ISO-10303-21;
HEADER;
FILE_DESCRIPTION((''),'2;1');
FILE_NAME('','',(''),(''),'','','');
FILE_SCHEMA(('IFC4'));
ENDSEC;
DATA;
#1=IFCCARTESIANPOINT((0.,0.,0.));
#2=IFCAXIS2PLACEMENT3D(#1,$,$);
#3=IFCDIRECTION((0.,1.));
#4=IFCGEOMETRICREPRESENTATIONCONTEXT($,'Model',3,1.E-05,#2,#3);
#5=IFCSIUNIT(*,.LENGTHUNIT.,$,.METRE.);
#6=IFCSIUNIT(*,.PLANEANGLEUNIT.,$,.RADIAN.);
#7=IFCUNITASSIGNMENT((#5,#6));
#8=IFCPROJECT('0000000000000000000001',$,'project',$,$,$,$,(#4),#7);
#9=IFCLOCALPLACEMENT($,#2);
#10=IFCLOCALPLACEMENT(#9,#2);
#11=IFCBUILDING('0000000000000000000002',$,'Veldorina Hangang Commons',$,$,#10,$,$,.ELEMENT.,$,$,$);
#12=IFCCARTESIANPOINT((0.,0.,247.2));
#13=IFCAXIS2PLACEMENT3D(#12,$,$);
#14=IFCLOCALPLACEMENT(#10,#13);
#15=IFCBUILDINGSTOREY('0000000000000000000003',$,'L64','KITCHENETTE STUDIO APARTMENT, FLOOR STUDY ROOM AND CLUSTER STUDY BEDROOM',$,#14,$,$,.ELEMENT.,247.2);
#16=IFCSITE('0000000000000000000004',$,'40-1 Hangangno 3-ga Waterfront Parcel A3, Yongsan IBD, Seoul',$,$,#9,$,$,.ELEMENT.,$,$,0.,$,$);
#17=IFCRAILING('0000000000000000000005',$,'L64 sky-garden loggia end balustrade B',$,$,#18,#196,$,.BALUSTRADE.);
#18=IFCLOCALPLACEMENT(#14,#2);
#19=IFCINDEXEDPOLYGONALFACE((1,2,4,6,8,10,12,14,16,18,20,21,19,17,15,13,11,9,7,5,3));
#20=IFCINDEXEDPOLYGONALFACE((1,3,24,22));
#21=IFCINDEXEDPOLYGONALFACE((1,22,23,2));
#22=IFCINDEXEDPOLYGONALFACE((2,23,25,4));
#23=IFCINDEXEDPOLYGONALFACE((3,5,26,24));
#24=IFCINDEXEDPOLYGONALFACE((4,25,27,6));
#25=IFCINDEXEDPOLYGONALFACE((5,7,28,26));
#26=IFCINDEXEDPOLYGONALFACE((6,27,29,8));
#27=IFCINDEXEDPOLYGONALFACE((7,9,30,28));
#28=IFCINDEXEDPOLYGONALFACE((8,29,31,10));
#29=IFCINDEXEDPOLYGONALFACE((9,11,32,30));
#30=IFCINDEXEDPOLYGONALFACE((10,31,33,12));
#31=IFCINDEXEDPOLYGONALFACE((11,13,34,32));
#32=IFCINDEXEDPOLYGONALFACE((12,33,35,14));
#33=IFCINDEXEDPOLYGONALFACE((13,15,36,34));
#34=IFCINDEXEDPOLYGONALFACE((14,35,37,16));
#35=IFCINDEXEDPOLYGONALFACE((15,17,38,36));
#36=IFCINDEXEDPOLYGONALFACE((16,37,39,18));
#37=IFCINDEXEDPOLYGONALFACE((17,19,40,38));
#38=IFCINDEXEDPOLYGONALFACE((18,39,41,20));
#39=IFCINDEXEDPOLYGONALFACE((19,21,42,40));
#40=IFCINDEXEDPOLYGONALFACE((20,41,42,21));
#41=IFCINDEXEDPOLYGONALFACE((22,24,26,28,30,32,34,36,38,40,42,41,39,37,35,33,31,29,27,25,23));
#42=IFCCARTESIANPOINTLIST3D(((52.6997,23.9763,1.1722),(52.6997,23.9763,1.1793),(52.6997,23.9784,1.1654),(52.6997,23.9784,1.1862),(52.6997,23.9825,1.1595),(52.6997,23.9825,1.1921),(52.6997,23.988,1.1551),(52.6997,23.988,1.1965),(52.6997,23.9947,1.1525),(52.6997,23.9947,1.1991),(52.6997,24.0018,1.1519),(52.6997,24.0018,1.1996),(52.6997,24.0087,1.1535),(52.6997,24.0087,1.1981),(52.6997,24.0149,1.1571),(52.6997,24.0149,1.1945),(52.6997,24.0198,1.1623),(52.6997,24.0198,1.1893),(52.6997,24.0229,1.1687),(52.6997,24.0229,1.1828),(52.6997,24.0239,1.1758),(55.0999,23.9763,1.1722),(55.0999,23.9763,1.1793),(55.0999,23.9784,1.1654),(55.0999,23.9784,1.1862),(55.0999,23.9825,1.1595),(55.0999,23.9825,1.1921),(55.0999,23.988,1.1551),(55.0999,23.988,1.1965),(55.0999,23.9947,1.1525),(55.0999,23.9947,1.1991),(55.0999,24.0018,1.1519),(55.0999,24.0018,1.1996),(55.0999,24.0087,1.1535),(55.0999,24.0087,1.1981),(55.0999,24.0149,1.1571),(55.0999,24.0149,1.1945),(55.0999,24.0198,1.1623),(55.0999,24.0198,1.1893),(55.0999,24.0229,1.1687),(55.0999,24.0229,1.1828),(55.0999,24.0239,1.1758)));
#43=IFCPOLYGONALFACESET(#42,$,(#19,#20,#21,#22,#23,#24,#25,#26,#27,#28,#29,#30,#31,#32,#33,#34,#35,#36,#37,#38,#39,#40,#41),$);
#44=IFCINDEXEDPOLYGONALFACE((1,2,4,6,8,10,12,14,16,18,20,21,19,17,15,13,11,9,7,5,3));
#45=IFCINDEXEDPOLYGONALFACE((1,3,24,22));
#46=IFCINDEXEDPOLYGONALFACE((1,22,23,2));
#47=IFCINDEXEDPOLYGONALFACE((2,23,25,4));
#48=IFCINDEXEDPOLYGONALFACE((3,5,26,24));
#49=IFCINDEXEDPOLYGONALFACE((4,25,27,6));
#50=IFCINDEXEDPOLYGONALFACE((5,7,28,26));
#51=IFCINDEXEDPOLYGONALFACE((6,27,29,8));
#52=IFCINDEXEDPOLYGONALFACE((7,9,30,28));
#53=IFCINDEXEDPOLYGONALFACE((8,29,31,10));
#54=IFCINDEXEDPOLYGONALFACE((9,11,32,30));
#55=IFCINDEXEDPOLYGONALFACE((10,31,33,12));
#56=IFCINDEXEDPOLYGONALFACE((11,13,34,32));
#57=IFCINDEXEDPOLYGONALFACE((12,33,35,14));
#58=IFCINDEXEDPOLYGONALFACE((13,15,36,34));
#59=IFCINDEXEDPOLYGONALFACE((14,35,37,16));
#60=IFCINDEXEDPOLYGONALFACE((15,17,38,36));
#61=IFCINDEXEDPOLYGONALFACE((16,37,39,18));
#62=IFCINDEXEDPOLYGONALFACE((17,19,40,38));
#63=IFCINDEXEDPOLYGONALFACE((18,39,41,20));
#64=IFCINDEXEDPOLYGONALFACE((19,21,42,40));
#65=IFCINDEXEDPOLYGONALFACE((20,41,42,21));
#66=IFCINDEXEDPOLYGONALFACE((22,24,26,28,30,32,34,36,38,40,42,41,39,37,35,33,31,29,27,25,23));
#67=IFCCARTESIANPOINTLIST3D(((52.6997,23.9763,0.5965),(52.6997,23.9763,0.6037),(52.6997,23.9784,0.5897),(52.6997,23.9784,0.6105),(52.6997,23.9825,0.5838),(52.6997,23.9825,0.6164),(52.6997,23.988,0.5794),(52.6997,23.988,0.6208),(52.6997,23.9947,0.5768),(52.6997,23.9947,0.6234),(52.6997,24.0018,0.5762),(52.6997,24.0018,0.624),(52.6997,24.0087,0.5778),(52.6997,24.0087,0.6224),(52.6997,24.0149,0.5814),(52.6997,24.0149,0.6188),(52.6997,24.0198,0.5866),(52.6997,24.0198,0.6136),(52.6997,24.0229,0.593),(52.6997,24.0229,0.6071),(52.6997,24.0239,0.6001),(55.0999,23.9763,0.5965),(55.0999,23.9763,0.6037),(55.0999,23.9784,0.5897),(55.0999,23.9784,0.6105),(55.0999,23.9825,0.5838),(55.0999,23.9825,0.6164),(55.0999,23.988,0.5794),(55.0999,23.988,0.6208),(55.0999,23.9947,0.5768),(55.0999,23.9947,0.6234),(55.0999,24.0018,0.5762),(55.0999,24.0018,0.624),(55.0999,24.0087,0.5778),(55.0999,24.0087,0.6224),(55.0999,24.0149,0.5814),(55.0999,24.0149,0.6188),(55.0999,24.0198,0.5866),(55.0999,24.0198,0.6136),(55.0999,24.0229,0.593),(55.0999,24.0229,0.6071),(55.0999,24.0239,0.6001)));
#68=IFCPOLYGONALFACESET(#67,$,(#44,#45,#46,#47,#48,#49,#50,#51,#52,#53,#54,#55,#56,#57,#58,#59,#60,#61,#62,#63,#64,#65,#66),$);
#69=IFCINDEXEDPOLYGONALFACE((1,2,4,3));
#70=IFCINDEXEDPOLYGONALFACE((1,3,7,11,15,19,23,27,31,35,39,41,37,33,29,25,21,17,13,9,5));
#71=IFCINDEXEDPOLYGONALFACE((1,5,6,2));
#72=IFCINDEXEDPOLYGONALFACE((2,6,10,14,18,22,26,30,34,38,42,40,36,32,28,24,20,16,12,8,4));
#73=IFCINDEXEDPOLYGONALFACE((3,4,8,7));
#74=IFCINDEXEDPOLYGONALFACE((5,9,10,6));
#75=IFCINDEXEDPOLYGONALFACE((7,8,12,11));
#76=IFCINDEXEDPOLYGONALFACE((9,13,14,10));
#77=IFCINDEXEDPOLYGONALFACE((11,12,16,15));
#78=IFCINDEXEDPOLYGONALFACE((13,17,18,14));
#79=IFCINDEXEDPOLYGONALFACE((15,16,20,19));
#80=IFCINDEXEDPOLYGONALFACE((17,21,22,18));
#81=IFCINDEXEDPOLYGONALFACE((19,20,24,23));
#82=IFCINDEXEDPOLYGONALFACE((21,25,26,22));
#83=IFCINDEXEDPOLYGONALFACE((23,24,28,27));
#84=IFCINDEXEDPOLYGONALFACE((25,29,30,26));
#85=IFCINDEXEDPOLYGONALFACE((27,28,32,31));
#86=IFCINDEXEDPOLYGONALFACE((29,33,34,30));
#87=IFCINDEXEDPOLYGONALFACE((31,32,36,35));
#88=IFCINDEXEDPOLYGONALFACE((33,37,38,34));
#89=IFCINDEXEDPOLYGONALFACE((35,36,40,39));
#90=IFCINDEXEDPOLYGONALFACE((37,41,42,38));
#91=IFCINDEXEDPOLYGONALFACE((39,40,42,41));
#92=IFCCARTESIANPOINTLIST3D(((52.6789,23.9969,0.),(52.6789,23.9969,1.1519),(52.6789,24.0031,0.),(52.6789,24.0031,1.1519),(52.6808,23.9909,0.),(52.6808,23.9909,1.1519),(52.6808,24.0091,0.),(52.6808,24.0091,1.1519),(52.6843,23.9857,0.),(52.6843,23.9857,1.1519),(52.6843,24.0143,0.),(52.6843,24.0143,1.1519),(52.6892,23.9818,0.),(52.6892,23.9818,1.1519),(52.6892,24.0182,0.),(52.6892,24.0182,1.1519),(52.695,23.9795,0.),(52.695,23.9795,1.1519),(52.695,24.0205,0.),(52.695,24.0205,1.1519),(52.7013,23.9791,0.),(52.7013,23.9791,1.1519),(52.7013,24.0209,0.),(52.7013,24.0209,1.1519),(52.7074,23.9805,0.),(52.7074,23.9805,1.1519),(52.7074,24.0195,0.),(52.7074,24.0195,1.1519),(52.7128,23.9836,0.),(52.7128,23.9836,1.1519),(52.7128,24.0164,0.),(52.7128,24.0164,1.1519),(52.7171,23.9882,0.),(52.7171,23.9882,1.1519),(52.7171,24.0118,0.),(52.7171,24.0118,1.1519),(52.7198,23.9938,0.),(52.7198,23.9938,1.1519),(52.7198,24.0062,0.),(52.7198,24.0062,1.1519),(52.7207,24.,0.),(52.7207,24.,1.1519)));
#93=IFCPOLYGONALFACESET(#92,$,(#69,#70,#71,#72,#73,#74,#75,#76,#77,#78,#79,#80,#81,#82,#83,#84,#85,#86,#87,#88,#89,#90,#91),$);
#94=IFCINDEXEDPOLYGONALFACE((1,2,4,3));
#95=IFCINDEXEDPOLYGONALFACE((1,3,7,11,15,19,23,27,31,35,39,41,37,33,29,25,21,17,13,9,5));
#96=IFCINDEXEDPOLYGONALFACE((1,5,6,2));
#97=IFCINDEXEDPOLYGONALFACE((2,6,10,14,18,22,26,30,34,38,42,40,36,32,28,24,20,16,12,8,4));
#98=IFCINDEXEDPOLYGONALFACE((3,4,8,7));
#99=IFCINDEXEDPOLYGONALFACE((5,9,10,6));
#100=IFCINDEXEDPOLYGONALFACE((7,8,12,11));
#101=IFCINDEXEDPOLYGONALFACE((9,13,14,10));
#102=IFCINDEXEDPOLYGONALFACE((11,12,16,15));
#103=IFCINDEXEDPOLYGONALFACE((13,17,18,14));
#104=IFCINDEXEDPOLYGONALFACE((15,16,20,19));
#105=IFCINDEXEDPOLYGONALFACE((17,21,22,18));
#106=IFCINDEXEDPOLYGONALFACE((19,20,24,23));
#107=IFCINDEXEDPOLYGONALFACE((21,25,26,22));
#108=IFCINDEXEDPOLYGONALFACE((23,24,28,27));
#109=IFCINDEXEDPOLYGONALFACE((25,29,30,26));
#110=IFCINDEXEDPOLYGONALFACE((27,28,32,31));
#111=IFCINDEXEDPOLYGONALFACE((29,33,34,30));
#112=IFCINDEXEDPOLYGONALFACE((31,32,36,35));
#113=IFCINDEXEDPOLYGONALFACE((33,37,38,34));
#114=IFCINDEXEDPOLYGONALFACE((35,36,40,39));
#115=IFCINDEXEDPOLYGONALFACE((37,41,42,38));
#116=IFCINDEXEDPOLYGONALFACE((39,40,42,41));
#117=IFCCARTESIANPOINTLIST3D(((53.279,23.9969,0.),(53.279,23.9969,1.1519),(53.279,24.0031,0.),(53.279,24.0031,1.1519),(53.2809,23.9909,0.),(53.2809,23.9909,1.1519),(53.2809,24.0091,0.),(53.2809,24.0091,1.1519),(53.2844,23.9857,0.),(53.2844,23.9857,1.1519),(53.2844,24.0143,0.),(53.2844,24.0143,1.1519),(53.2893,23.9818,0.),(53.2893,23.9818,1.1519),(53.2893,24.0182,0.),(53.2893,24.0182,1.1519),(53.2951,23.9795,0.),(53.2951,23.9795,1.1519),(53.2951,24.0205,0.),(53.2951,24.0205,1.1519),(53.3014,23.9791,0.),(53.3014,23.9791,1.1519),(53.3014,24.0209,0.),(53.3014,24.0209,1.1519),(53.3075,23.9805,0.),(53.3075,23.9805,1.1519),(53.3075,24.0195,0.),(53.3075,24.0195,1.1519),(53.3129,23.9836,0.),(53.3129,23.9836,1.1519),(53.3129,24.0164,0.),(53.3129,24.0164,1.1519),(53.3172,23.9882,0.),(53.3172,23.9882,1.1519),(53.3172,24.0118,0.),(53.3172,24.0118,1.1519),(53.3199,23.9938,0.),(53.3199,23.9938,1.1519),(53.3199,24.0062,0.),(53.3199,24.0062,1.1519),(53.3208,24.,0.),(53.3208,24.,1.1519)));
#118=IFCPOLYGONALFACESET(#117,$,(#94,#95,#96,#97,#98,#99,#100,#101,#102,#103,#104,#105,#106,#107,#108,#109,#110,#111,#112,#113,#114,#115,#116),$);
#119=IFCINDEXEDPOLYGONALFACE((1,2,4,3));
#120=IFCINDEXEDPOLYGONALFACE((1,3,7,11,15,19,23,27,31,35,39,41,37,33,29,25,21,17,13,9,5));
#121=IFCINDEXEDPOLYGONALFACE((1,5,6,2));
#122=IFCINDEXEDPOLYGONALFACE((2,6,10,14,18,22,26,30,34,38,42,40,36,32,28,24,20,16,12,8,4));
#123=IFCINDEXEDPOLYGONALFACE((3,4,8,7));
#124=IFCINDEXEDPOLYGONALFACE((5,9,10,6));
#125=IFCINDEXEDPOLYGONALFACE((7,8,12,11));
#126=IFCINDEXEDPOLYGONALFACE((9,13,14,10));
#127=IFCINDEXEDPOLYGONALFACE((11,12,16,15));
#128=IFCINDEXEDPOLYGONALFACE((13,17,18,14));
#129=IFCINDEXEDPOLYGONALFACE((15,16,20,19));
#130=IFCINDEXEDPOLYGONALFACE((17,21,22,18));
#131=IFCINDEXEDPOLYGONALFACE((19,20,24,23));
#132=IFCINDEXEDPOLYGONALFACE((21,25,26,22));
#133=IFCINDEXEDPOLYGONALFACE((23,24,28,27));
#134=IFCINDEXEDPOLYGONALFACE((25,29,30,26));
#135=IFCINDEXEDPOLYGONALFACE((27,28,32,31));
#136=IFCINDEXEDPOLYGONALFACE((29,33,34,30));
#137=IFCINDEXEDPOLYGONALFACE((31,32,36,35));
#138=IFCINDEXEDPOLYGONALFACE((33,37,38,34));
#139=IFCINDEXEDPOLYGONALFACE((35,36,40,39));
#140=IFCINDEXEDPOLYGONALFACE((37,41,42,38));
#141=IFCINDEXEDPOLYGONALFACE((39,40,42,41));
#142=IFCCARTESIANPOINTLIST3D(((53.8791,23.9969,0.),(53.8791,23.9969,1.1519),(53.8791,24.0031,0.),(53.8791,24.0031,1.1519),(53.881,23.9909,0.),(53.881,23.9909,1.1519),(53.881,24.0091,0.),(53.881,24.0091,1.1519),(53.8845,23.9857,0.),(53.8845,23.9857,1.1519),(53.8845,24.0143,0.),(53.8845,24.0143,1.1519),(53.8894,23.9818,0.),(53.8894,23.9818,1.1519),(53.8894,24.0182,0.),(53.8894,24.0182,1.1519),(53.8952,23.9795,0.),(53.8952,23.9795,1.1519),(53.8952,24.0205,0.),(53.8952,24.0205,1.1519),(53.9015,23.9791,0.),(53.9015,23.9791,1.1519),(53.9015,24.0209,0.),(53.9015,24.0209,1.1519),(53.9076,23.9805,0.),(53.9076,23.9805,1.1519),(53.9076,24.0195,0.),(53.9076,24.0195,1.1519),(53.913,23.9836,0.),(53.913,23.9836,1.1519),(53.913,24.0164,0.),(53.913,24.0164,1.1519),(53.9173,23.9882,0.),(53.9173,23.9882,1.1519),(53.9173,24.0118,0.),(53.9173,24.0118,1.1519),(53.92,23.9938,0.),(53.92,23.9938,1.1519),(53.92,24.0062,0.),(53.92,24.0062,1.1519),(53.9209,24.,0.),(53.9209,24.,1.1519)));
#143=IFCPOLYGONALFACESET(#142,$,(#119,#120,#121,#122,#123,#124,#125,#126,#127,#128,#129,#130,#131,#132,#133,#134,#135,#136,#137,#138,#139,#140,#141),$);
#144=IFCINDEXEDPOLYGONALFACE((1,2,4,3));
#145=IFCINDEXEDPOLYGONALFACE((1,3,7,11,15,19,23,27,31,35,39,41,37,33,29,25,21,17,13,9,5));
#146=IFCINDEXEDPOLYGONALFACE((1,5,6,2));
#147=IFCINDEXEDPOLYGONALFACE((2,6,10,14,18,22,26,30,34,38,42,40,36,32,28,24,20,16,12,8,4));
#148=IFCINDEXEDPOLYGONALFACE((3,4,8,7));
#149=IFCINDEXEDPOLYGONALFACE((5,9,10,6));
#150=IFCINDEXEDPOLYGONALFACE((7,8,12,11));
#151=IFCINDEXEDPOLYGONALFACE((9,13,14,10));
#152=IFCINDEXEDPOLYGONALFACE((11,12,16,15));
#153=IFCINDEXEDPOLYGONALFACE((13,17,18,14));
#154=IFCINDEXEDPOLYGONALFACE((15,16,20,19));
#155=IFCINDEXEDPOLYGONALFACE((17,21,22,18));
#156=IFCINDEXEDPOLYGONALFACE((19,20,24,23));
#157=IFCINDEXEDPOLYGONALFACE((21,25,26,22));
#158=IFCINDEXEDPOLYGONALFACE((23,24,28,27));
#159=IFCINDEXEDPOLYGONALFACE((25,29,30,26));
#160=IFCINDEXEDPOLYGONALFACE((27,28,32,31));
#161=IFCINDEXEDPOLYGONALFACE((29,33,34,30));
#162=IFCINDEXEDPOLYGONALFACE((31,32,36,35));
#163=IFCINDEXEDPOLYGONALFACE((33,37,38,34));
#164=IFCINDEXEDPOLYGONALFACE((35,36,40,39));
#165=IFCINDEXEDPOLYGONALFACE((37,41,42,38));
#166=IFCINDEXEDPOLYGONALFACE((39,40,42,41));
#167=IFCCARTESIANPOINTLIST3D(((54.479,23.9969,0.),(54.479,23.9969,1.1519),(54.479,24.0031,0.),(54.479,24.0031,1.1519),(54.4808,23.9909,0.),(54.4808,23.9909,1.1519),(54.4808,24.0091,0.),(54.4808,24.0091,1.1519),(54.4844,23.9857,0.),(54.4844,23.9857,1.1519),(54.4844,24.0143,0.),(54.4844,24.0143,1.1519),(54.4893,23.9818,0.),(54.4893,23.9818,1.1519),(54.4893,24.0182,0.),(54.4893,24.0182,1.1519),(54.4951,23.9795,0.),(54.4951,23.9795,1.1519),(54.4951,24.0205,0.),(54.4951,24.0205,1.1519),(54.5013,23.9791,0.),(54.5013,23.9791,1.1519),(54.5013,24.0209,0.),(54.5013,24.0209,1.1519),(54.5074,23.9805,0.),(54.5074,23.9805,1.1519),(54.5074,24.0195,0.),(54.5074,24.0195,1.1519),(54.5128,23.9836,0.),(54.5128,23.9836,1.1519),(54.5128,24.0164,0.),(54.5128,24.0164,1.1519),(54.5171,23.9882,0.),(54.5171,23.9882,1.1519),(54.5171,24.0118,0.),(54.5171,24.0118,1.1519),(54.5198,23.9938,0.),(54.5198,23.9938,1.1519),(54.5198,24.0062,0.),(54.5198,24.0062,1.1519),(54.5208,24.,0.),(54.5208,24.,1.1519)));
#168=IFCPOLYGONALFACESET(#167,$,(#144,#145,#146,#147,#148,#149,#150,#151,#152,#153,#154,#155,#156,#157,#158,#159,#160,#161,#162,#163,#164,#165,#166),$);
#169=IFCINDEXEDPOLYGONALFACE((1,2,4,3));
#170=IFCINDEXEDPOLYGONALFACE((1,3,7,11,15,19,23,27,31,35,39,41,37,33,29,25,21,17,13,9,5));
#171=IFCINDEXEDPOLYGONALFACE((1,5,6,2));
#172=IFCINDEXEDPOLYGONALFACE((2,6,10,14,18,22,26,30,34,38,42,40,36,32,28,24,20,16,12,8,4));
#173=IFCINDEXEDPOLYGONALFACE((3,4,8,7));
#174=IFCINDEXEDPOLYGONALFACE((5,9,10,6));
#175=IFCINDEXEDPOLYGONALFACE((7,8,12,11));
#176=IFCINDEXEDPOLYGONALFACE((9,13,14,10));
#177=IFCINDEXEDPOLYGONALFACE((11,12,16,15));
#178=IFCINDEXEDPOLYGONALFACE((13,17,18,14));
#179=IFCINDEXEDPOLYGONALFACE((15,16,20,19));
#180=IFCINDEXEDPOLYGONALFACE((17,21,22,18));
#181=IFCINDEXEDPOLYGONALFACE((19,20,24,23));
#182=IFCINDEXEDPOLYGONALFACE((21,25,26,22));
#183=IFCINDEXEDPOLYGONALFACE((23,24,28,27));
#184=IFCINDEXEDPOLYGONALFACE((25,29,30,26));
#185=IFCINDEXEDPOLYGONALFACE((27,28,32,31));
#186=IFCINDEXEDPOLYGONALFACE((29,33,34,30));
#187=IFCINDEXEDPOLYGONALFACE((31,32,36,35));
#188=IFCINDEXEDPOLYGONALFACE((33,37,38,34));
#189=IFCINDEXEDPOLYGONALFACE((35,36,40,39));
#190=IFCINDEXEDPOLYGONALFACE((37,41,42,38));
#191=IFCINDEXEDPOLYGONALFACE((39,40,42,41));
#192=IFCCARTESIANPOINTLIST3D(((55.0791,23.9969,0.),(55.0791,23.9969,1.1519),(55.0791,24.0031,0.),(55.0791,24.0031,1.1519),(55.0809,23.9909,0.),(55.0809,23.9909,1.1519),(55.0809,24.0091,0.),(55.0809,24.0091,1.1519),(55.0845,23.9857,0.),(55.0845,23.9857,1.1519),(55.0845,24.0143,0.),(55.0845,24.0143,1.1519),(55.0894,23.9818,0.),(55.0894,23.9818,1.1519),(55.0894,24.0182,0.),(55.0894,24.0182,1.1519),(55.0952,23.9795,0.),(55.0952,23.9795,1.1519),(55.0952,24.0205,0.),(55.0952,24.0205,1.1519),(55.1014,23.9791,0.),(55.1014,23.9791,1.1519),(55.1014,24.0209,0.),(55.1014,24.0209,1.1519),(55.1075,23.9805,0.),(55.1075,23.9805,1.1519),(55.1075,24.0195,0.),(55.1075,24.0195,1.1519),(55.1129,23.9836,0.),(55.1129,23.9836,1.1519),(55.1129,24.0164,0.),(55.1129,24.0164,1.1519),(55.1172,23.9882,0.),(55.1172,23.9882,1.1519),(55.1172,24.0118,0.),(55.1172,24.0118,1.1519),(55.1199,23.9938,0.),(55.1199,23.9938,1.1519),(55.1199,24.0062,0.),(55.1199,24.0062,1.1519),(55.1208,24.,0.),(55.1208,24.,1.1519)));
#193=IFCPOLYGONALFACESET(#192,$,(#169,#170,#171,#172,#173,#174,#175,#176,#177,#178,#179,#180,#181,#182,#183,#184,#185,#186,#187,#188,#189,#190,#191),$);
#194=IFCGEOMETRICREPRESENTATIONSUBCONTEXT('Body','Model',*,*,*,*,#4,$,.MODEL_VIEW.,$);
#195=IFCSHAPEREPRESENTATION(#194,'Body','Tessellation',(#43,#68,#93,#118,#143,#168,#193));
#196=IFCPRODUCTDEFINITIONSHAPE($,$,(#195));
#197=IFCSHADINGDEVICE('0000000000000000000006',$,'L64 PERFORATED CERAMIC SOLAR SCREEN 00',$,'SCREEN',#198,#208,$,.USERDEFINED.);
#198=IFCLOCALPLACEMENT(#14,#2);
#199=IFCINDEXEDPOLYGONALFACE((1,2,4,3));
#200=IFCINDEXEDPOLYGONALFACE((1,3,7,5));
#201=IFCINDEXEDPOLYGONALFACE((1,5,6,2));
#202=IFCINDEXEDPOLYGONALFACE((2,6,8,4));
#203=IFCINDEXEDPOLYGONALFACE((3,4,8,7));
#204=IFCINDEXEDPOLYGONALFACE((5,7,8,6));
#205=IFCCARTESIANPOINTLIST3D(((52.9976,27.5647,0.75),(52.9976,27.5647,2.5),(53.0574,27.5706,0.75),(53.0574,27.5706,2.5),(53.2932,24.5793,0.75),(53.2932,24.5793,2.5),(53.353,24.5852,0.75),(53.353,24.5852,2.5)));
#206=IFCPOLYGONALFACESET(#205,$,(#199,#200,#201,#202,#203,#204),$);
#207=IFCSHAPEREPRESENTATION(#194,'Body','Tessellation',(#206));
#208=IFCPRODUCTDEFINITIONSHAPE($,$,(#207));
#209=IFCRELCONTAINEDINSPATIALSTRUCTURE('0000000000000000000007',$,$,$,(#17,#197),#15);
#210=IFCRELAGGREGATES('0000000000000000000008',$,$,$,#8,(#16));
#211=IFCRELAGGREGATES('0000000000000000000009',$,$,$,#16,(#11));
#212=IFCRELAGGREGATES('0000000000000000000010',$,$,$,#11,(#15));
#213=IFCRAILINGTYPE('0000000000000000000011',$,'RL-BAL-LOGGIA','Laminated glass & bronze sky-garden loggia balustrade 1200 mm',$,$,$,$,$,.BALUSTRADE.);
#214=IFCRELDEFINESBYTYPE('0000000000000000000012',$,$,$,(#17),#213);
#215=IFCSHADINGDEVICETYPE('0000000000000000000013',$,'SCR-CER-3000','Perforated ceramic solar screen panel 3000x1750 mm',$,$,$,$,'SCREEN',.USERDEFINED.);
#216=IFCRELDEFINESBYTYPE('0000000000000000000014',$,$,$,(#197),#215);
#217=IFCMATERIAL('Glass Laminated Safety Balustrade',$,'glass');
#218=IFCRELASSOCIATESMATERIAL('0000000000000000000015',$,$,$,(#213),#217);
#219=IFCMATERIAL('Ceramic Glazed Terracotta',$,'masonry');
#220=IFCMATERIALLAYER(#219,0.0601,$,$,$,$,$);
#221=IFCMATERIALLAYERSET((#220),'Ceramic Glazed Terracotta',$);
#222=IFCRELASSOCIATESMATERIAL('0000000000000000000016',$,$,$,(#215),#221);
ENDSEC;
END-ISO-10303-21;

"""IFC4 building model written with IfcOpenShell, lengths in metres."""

from ifc_helpers import new_model, si_unit, direction, frame, origin, origin_2d, place, context, subcontext, project, spatial, rectangle, circle, extrude, material, layer, layer_set, type_object, element, save


model = new_model("IFC4")

# Units and contexts
model_context = context("Model", 3, precision=1e-05, world=origin(), true_north=direction((0.0, 1.0)))
body_context = subcontext(model_context, "Body", "Model", "MODEL_VIEW")
ifc_project = project(units=[si_unit("LENGTHUNIT", "METRE"), si_unit("PLANEANGLEUNIT", "RADIAN")], contexts=[model_context])

# Site, building, storey
site_placement = place(None, origin())
site = spatial("IfcSite", under=ifc_project, at=site_placement, Name="40-1 Hangangno 3-ga Waterfront Parcel A3, Yongsan IBD, Seoul", CompositionType="ELEMENT", RefElevation=0.0)
building_placement = place(site_placement, origin())
building = spatial("IfcBuilding", under=site, at=building_placement, Name="Veldorina Hangang Commons", CompositionType="ELEMENT")
storey_placement = place(building_placement, frame((0.0, 0.0, 247.2)))
storey = spatial("IfcBuildingStorey", under=building, at=storey_placement, Name="L64", Description="KITCHENETTE STUDIO APARTMENT, FLOOR STUDY ROOM AND CLUSTER STUDY BEDROOM", CompositionType="ELEMENT", Elevation=247.2)

# Railing
ifc_material_1 = material(Name="Glass Laminated Safety Balustrade", Category="glass")
railing_type = type_object("IfcRailingType", Name="RL-BAL-LOGGIA", Description="Laminated glass & bronze sky-garden loggia balustrade 1200 mm", PredefinedType="BALUSTRADE", material=ifc_material_1)
railing_1_placement = place(storey_placement, frame((52.6997, 24.0, 0.0)))
element("IfcRailing", 1, at=railing_1_placement, inside=storey, type_object=railing_type, Name="L64 sky-garden loggia end balustrade B", PredefinedType="BALUSTRADE", context=body_context, shape_type="SweptSolid", body=[
    extrude(circle(Radius=0.0239, at=origin_2d()), frame((0.0, 0.0, 1.1758), z_axis=(1.0, 0.0, 0.0), x_axis=(0.0, 1.0, 0.0)), (0.0, 0.0, 1.0), 2.4001),
    extrude(circle(Radius=0.0239, at=origin_2d()), frame((0.0, 0.0, 0.6001), z_axis=(1.0, 0.0, 0.0), x_axis=(0.0, 1.0, 0.0)), (0.0, 0.0, 1.0), 2.4001),
    extrude(circle(Radius=0.021, at=origin_2d()), origin(), (0.0, 0.0, 1.0), 1.1519),
    extrude(circle(Radius=0.021, at=origin_2d()), frame((0.6001, 0.0, 0.0)), (0.0, 0.0, 1.0), 1.1519),
    extrude(circle(Radius=0.021, at=origin_2d()), frame((1.2002, 0.0, 0.0)), (0.0, 0.0, 1.0), 1.1519),
    extrude(circle(Radius=0.021, at=origin_2d()), frame((1.8, 0.0, 0.0)), (0.0, 0.0, 1.0), 1.1519),
    extrude(circle(Radius=0.021, at=origin_2d()), frame((2.4001, 0.0, 0.0)), (0.0, 0.0, 1.0), 1.1519),
])

# Shading device
ifc_material_2 = material(Name="Ceramic Glazed Terracotta", Category="masonry")
ifc_layer_1 = layer(ifc_material_2, 0.0601)
ifc_layer_set_1 = layer_set([ifc_layer_1], Name="Ceramic Glazed Terracotta")
shading_device_type = type_object("IfcShadingDeviceType", Name="SCR-CER-3000", Description="Perforated ceramic solar screen panel 3000x1750 mm", ElementType="SCREEN", PredefinedType="USERDEFINED", material=ifc_layer_set_1)
shading_device_placement = place(storey_placement, frame((53.1753, 26.075, 0.75), z_axis=(0.0, 0.0, 1.0), x_axis=(-0.098521, 0.995135, 0.0)))
element("IfcShadingDevice", 2, at=shading_device_placement, inside=storey, type_object=shading_device_type, Name="L64 PERFORATED CERAMIC SOLAR SCREEN 00", ObjectType="SCREEN", PredefinedType="USERDEFINED", context=body_context, shape_type="SweptSolid", body=[
    extrude(rectangle(XDim=3.0, YDim=0.0601, at=origin_2d()), origin(), (0.0, 0.0, 1.0), 1.75),
])

save(model, "model.ifc")
